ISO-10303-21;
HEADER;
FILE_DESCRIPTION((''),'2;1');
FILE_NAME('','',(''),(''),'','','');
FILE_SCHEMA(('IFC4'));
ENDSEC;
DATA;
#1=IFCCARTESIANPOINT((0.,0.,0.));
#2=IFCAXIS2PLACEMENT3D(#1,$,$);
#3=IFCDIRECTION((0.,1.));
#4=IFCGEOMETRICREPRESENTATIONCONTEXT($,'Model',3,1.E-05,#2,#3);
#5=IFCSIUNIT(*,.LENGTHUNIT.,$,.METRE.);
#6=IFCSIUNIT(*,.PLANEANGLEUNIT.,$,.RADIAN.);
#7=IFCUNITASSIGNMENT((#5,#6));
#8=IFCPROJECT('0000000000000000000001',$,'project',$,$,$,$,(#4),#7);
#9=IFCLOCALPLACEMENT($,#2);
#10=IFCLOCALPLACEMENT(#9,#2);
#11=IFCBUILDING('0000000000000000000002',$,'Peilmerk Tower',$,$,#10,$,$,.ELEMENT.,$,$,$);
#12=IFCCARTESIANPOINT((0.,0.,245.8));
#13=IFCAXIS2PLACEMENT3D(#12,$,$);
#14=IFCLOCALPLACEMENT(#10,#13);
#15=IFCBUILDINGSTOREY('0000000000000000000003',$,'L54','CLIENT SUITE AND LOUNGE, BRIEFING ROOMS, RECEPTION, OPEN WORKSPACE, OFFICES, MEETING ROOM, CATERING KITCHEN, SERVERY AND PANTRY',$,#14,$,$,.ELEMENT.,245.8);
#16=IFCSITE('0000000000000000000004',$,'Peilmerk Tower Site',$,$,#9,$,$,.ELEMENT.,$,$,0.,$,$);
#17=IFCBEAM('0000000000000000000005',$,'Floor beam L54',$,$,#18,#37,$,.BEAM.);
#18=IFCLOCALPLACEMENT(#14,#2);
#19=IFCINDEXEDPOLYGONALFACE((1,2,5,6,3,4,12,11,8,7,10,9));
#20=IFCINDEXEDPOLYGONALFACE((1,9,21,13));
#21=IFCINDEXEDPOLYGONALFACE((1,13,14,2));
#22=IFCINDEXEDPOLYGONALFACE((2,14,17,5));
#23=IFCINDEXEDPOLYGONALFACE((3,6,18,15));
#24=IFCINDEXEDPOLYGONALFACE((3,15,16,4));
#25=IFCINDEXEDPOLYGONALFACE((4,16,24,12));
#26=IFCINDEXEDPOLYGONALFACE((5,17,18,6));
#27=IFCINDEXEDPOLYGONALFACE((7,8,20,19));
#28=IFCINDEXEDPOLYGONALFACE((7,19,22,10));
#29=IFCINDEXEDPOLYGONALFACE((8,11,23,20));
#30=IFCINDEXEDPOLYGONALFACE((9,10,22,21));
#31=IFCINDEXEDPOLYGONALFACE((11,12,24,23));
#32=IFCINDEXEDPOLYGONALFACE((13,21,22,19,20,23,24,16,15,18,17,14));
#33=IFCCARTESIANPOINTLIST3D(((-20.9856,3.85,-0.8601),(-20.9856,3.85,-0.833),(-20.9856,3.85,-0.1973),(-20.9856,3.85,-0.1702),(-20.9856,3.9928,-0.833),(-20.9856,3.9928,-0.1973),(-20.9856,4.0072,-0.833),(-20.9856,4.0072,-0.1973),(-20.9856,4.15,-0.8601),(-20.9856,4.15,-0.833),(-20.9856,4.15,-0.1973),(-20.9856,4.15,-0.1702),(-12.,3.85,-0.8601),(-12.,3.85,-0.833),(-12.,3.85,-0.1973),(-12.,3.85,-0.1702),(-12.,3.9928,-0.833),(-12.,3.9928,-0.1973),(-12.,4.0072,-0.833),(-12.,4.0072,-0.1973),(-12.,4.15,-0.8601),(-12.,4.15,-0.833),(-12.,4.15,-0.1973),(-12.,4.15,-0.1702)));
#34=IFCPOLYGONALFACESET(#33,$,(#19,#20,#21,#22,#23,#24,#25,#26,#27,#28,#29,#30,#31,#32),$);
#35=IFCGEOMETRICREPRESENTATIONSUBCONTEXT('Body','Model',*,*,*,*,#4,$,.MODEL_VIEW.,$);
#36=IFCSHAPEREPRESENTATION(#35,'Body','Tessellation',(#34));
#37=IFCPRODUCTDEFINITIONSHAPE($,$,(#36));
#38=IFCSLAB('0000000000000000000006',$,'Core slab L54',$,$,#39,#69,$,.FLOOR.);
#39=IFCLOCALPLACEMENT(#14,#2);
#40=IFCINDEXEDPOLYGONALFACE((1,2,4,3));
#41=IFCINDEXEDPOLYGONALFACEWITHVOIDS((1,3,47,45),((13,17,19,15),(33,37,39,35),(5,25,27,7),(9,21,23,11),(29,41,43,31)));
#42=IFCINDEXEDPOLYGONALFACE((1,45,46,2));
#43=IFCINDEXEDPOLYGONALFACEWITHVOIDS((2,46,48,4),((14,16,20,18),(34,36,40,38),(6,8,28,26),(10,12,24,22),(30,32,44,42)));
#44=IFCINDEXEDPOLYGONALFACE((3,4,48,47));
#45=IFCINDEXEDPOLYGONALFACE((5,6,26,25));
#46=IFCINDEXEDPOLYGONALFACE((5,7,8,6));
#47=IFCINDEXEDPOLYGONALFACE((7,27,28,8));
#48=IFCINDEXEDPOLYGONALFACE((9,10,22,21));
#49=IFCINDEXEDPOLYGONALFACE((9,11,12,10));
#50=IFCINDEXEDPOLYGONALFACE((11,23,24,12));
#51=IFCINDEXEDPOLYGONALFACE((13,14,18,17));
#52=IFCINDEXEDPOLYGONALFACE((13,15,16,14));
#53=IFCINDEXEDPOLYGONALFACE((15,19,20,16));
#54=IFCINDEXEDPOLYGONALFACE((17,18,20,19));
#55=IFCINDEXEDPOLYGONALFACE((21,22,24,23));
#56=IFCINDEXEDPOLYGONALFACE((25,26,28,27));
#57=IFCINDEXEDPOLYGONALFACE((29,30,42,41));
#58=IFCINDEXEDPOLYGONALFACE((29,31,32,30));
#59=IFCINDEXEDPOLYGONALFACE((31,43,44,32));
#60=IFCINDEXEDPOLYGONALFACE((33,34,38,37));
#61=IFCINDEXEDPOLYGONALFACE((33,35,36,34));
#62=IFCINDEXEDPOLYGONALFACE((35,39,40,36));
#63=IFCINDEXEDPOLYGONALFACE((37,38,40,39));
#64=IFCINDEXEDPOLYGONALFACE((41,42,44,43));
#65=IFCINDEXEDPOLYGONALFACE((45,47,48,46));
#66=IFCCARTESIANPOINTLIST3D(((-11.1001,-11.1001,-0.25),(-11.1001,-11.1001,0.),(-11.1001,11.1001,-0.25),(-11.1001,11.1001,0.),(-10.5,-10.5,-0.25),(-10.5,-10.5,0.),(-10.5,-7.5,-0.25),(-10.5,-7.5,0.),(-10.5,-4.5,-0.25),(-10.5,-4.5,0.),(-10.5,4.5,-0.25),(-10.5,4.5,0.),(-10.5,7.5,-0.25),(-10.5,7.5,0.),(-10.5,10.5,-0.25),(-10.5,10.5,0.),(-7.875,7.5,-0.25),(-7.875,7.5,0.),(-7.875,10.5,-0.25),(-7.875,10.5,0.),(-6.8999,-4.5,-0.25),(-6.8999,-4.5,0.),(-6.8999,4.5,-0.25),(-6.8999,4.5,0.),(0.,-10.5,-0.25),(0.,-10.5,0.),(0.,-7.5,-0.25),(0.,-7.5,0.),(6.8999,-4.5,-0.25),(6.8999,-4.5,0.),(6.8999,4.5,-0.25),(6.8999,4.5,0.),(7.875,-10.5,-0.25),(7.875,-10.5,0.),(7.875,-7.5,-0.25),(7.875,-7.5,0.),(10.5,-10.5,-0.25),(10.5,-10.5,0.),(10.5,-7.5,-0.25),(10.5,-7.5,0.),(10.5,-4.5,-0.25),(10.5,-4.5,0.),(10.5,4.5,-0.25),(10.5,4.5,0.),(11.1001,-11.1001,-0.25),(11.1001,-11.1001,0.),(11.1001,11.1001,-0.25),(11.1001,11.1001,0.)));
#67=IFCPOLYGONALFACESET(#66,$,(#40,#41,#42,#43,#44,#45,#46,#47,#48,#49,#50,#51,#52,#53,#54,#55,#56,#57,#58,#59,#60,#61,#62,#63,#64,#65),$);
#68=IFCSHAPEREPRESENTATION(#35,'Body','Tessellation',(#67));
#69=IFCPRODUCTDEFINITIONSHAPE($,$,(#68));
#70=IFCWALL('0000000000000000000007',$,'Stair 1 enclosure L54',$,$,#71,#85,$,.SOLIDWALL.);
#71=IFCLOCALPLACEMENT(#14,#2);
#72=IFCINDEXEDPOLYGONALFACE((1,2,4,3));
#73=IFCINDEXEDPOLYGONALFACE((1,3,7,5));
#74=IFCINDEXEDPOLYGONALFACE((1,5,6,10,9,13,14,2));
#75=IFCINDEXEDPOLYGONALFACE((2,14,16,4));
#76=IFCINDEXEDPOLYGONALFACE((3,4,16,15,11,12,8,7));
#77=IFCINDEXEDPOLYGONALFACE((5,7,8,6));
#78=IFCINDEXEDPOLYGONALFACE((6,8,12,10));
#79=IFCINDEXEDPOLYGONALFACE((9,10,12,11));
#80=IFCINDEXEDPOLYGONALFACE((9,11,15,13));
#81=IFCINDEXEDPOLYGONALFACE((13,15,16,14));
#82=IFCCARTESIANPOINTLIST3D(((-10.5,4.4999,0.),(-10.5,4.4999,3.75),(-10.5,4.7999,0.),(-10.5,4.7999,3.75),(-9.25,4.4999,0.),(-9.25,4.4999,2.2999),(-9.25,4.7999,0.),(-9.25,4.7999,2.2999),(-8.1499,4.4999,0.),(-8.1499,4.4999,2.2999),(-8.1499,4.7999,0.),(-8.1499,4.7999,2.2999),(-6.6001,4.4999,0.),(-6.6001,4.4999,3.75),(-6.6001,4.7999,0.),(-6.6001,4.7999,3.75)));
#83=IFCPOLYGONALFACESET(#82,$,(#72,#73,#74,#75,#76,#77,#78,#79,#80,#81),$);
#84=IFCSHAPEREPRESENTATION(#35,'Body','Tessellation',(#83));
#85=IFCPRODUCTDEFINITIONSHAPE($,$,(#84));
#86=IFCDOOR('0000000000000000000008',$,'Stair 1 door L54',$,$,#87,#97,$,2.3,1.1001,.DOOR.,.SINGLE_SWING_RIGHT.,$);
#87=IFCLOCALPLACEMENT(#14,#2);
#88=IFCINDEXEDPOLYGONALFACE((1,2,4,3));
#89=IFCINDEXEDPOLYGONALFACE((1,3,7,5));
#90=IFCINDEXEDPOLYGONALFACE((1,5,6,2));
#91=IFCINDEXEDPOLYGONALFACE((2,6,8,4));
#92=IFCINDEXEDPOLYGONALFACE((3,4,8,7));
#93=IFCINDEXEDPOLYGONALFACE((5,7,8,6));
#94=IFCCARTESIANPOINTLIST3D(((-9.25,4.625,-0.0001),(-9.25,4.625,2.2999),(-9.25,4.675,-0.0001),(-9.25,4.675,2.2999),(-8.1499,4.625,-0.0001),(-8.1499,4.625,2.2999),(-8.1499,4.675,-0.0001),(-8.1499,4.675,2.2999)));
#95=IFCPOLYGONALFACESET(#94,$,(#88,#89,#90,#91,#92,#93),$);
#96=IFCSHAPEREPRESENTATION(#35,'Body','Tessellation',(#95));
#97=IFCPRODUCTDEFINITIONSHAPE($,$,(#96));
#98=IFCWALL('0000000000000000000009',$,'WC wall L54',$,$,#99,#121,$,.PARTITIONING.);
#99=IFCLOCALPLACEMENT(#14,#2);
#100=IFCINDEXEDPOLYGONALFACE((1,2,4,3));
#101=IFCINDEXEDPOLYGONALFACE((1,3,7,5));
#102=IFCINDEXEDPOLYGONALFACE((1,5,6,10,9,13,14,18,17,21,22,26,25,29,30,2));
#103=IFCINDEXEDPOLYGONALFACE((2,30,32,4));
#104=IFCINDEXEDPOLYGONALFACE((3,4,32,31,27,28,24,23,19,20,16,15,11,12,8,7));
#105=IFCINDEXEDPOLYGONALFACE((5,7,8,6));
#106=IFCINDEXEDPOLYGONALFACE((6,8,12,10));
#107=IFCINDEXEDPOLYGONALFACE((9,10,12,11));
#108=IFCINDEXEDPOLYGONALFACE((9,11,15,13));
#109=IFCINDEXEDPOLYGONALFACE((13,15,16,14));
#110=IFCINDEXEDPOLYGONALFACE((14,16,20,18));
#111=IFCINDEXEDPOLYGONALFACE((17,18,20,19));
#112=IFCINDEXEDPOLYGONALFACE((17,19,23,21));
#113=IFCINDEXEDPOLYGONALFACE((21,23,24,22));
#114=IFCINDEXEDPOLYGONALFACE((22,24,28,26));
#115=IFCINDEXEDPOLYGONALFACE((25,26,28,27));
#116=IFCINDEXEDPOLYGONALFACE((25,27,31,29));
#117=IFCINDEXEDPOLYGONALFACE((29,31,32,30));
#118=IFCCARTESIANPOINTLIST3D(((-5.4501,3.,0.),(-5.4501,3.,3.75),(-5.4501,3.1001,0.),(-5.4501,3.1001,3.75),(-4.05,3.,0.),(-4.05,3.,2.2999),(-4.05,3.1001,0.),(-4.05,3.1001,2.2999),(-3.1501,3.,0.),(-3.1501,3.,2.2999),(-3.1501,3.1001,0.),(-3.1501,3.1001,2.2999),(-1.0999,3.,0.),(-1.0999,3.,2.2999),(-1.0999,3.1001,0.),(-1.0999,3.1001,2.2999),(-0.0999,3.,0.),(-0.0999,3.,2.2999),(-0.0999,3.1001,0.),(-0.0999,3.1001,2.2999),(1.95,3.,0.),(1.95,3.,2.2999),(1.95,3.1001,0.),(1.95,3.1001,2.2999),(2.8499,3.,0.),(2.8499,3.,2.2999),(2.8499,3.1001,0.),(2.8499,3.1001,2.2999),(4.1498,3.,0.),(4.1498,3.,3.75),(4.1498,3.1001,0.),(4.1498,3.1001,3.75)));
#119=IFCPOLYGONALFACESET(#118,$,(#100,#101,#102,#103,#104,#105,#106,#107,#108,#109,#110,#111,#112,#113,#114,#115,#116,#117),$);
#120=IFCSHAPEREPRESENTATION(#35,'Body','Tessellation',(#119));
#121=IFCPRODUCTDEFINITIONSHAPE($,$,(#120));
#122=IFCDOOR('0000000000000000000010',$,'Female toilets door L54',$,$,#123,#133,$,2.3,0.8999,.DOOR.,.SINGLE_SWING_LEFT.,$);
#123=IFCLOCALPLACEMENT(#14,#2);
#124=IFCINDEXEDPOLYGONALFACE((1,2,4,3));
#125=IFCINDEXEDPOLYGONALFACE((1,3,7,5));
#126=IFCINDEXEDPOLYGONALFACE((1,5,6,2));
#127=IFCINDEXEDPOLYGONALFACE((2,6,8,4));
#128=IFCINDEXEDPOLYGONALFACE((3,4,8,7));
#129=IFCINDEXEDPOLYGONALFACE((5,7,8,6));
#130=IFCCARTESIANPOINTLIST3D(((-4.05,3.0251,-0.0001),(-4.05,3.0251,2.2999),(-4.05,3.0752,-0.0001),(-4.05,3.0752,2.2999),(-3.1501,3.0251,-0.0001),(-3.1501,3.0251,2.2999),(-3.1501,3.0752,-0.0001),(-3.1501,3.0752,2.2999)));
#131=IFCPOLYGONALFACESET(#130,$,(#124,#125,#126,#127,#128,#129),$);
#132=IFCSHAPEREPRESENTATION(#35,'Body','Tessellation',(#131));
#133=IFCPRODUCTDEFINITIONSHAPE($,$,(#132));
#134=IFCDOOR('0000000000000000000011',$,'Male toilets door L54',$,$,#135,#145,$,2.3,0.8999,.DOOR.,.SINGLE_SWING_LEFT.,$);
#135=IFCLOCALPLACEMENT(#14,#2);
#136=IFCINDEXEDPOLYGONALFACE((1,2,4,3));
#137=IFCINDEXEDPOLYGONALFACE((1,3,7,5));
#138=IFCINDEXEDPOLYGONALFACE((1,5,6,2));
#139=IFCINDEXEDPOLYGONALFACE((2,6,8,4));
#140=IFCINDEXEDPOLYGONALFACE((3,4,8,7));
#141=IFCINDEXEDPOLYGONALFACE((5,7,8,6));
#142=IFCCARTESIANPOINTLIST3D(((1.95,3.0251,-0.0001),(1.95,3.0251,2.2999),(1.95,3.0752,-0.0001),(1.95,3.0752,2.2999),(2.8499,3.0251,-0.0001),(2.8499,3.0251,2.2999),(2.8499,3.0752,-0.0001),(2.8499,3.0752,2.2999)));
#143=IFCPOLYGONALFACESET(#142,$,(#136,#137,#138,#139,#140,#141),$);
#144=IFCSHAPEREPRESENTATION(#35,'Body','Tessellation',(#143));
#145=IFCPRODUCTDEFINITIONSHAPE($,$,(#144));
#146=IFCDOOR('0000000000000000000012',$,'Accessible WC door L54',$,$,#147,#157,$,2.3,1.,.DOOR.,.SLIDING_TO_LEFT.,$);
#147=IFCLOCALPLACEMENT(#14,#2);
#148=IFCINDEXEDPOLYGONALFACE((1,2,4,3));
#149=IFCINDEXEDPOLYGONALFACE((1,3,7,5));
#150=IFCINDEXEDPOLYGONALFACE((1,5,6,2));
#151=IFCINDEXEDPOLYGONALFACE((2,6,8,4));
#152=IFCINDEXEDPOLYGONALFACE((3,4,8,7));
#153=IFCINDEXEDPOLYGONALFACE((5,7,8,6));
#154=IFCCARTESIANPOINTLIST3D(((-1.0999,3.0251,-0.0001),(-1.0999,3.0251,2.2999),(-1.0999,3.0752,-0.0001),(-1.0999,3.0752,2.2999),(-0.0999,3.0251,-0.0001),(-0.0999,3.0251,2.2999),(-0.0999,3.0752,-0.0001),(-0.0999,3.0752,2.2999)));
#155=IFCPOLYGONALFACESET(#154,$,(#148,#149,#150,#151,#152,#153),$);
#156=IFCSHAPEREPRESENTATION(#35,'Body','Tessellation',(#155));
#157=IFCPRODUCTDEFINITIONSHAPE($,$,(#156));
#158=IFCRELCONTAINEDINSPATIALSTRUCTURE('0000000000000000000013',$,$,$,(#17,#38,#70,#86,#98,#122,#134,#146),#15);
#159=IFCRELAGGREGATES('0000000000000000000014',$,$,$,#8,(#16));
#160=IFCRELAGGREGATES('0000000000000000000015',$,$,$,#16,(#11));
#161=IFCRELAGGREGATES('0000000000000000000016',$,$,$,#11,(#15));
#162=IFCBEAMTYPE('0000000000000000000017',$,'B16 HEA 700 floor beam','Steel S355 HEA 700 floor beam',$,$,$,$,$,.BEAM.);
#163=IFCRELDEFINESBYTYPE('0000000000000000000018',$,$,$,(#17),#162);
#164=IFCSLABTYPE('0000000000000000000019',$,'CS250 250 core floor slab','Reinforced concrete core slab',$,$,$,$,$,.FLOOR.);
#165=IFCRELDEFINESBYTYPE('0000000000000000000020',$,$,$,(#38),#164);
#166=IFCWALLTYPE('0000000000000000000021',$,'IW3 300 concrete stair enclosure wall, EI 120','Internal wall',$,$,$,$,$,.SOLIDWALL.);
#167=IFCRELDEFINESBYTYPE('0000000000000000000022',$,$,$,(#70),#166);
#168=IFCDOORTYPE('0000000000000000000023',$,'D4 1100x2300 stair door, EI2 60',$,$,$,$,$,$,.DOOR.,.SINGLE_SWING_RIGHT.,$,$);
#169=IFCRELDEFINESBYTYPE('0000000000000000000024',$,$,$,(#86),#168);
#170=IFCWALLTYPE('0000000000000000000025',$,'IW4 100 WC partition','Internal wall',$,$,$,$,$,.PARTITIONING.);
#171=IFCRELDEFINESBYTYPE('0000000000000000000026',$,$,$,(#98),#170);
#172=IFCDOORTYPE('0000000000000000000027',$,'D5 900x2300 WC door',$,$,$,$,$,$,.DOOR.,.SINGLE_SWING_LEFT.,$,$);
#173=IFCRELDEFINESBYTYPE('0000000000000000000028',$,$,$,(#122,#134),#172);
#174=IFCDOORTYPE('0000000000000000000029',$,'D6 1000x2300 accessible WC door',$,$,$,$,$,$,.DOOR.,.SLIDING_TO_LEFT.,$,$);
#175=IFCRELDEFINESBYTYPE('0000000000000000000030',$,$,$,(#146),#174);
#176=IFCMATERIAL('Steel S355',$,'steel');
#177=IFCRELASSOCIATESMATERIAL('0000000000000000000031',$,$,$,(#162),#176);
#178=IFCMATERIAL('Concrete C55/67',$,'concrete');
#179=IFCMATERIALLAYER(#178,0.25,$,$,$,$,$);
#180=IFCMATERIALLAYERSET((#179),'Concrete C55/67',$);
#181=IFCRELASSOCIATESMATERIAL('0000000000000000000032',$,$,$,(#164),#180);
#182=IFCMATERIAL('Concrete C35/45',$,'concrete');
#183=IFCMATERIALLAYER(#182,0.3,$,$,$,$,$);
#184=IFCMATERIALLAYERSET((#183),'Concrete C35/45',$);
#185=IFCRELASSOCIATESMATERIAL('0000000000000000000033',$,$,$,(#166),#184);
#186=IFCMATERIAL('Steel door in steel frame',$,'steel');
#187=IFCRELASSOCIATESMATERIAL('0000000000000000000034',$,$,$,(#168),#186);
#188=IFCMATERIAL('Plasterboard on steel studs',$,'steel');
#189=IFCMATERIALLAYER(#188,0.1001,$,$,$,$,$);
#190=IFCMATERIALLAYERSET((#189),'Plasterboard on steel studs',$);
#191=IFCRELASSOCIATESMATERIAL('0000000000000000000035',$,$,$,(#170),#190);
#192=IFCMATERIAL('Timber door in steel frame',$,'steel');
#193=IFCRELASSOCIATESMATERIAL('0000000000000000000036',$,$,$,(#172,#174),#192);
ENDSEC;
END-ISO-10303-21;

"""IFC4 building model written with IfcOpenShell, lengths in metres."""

from ifc_helpers import new_model, si_unit, direction, frame, frame_2d, origin, origin_2d, place, context, subcontext, project, spatial, polyline, rectangle, i_section, outline, extrude, material, layer, layer_set, material_profile, profile_set, type_object, element, fill, save


model = new_model("IFC4")

# Units and contexts
model_context = context("Model", 3, precision=1e-05, world=origin(), true_north=direction((0.0, 1.0)))
body_context = subcontext(model_context, "Body", "Model", "MODEL_VIEW")
ifc_project = project(units=[si_unit("LENGTHUNIT", "METRE"), si_unit("PLANEANGLEUNIT", "RADIAN")], contexts=[model_context])

# Site, building, storey
site_placement = place(None, origin())
site = spatial("IfcSite", under=ifc_project, at=site_placement, Name="Peilmerk Tower Site", CompositionType="ELEMENT", RefElevation=0.0)
building_placement = place(site_placement, origin())
building = spatial("IfcBuilding", under=site, at=building_placement, Name="Peilmerk Tower", CompositionType="ELEMENT")
storey_placement = place(building_placement, frame((0.0, 0.0, 245.8)))
storey = spatial("IfcBuildingStorey", under=building, at=storey_placement, Name="L54", Description="CLIENT SUITE AND LOUNGE, BRIEFING ROOMS, RECEPTION, OPEN WORKSPACE, OFFICES, MEETING ROOM, CATERING KITCHEN, SERVERY AND PANTRY", CompositionType="ELEMENT", Elevation=245.8)

# Beam
ifc_material_1 = material(Name="Steel S355", Category="steel")
ifc_material_profile = material_profile(ifc_material_1, i_section(OverallWidth=0.3, OverallDepth=0.6899, WebThickness=0.0144, FlangeThickness=0.0271, at=origin_2d()), Name="HEA 700")
ifc_profile_set = profile_set([ifc_material_profile], Name="Steel S355")
beam_type = type_object("IfcBeamType", Name="B16 HEA 700 floor beam", Description="Steel S355 HEA 700 floor beam", PredefinedType="BEAM", material=ifc_profile_set)
beam_placement = place(storey_placement, frame((-12.0, 4.0, -0.5151), z_axis=(-1.0, 0.0, 0.0), x_axis=(0.0, -1.0, 0.0)))
element("IfcBeam", 1, at=beam_placement, inside=storey, type_object=beam_type, Name="Floor beam L54", PredefinedType="BEAM", context=body_context, shape_type="SweptSolid", body=[
    extrude(i_section(OverallWidth=0.3, OverallDepth=0.6899, WebThickness=0.0144, FlangeThickness=0.0271, at=origin_2d()), origin(), (0.0, 0.0, 1.0), 8.9856),
])

# Slab
ifc_material_2 = material(Name="Concrete C55/67", Category="concrete")
ifc_layer_1 = layer(ifc_material_2, 0.25)
ifc_layer_set_1 = layer_set([ifc_layer_1], Name="Concrete C55/67")
slab_type = type_object("IfcSlabType", Name="CS250 250 core floor slab", Description="Reinforced concrete core slab", PredefinedType="FLOOR", material=ifc_layer_set_1)
slab_placement = place(storey_placement, frame((0.0, 0.0, -0.25)))
element("IfcSlab", 2, at=slab_placement, inside=storey, type_object=slab_type, Name="Core slab L54", PredefinedType="FLOOR", context=body_context, shape_type="SweptSolid", body=[
    extrude(outline(polyline([(11.1001, -11.1001), (11.1001, 11.1001), (-11.1001, 11.1001), (-11.1001, -11.1001), (11.1001, -11.1001)]), holes=[polyline([(-7.875, 7.5), (-10.5, 7.5), (-10.5, 10.5), (-7.875, 10.5), (-7.875, 7.5)]), polyline([(0.0, -10.5), (-10.5, -10.5), (-10.5, -7.5), (0.0, -7.5), (0.0, -10.5)]), polyline([(7.875, -10.5), (7.875, -7.5), (10.5, -7.5), (10.5, -10.5), (7.875, -10.5)]), polyline([(-10.5, 4.5), (-6.8999, 4.5), (-6.8999, -4.5), (-10.5, -4.5), (-10.5, 4.5)]), polyline([(10.5, 4.5), (10.5, -4.5), (6.8999, -4.5), (6.8999, 4.5), (10.5, 4.5)])]), origin(), (0.0, 0.0, 1.0), 0.25),
])

# Wall, opening, door
ifc_material_3 = material(Name="Concrete C35/45", Category="concrete")
ifc_layer_2 = layer(ifc_material_3, 0.3)
ifc_layer_set_2 = layer_set([ifc_layer_2], Name="Concrete C35/45")
wall_type_1 = type_object("IfcWallType", Name="IW3 300 concrete stair enclosure wall, EI 120", Description="Internal wall", PredefinedType="SOLIDWALL", material=ifc_layer_set_2)
wall_1_placement = place(storey_placement, frame((-10.5, 4.6499, 0.0), z_axis=(0.0, 0.0, 1.0), x_axis=(1.0, 0.0, 0.0)))
wall_1 = element("IfcWall", 3, at=wall_1_placement, inside=storey, type_object=wall_type_1, Name="Stair 1 enclosure L54", PredefinedType="SOLIDWALL", context=body_context, shape_type="SweptSolid", body=[
    extrude(rectangle(XDim=3.8999, YDim=0.3, at=frame_2d((1.95, 0.0))), origin(), (0.0, 0.0, 1.0), 3.75),
])
opening_1_placement = place(wall_1_placement, frame((1.25, 0.0, 0.0)))
opening_1 = element("IfcOpeningElement", 4, at=opening_1_placement, cuts=wall_1, PredefinedType="OPENING", context=body_context, shape_type="SweptSolid", body=[
    extrude(rectangle(XDim=1.1001, YDim=2.3, at=frame_2d((0.55, 1.1499))), frame((0.0, 0.1599, 0.0), z_axis=(0.0, -1.0, 0.0), x_axis=(1.0, 0.0, 0.0)), (0.0, 0.0, 1.0), 0.3201),
])
ifc_material_4 = material(Name="Steel door in steel frame", Category="steel")
door_type_1 = type_object("IfcDoorType", Name="D4 1100x2300 stair door, EI2 60", OperationType="SINGLE_SWING_RIGHT", PredefinedType="DOOR", material=ifc_material_4)
door_1_placement = place(opening_1_placement, frame((1.1001, 0.0, 0.0), z_axis=(0.0, 0.0, 1.0), x_axis=(-1.0, 0.0, 0.0)))
door_1 = element("IfcDoor", 5, at=door_1_placement, inside=storey, type_object=door_type_1, Name="Stair 1 door L54", OperationType="SINGLE_SWING_RIGHT", OverallHeight=2.3, OverallWidth=1.1001, PredefinedType="DOOR", context=body_context, shape_type="SweptSolid", body=[
    extrude(rectangle(XDim=1.1001, YDim=2.3, at=frame_2d((0.55, 1.1499))), frame((0.0, 0.0249, 0.0), z_axis=(0.0, -1.0, 0.0), x_axis=(1.0, 0.0, 0.0)), (0.0, 0.0, 1.0), 0.05),
])
fill(opening_1, door_1)

# Wall, openings, doors
ifc_material_5 = material(Name="Plasterboard on steel studs", Category="steel")
ifc_layer_3 = layer(ifc_material_5, 0.1001)
ifc_layer_set_3 = layer_set([ifc_layer_3], Name="Plasterboard on steel studs")
wall_type_2 = type_object("IfcWallType", Name="IW4 100 WC partition", Description="Internal wall", PredefinedType="PARTITIONING", material=ifc_layer_set_3)
wall_2_placement = place(storey_placement, frame((-5.45, 3.05, 0.0), z_axis=(0.0, 0.0, 1.0), x_axis=(1.0, 0.0, 0.0)))
wall_2 = element("IfcWall", 6, at=wall_2_placement, inside=storey, type_object=wall_type_2, Name="WC wall L54", PredefinedType="PARTITIONING", context=body_context, shape_type="SweptSolid", body=[
    extrude(rectangle(XDim=9.5999, YDim=0.1001, at=frame_2d((4.7998, 0.0))), origin(), (0.0, 0.0, 1.0), 3.75),
])
opening_2_placement = place(wall_2_placement, frame((1.3999, 0.0, 0.0)))
opening_2 = element("IfcOpeningElement", 7, at=opening_2_placement, cuts=wall_2, PredefinedType="OPENING", context=body_context, shape_type="SweptSolid", body=[
    extrude(rectangle(XDim=0.8999, YDim=2.3, at=frame_2d((0.45, 1.1499))), frame((0.0, 0.0601, 0.0), z_axis=(0.0, -1.0, 0.0), x_axis=(1.0, 0.0, 0.0)), (0.0, 0.0, 1.0), 0.1201),
])
opening_3_placement = place(wall_2_placement, frame((4.3501, 0.0, 0.0)))
opening_3 = element("IfcOpeningElement", 8, at=opening_3_placement, cuts=wall_2, PredefinedType="OPENING", context=body_context, shape_type="SweptSolid", body=[
    extrude(rectangle(XDim=1.0, YDim=2.3, at=frame_2d((0.5, 1.1499))), frame((0.0, 0.0601, 0.0), z_axis=(0.0, -1.0, 0.0), x_axis=(1.0, 0.0, 0.0)), (0.0, 0.0, 1.0), 0.1201),
])
opening_4_placement = place(wall_2_placement, frame((7.3999, 0.0, 0.0)))
opening_4 = element("IfcOpeningElement", 9, at=opening_4_placement, cuts=wall_2, PredefinedType="OPENING", context=body_context, shape_type="SweptSolid", body=[
    extrude(rectangle(XDim=0.8999, YDim=2.3, at=frame_2d((0.45, 1.1499))), frame((0.0, 0.0601, 0.0), z_axis=(0.0, -1.0, 0.0), x_axis=(1.0, 0.0, 0.0)), (0.0, 0.0, 1.0), 0.1201),
])
ifc_material_6 = material(Name="Timber door in steel frame", Category="steel")
door_type_2 = type_object("IfcDoorType", Name="D5 900x2300 WC door", OperationType="SINGLE_SWING_LEFT", PredefinedType="DOOR", material=ifc_material_6)
door_2_placement = place(opening_2_placement, frame((0.8999, 0.0, 0.0), z_axis=(0.0, 0.0, 1.0), x_axis=(-1.0, 0.0, 0.0)))
door_2 = element("IfcDoor", 10, at=door_2_placement, inside=storey, type_object=door_type_2, Name="Female toilets door L54", OperationType="SINGLE_SWING_LEFT", OverallHeight=2.3, OverallWidth=0.8999, PredefinedType="DOOR", context=body_context, shape_type="SweptSolid", body=[
    extrude(rectangle(XDim=0.8999, YDim=2.3, at=frame_2d((0.45, 1.1499))), frame((0.0, 0.0249, 0.0), z_axis=(0.0, -1.0, 0.0), x_axis=(1.0, 0.0, 0.0)), (0.0, 0.0, 1.0), 0.05),
])
fill(opening_2, door_2)
door_3_placement = place(opening_4_placement, frame((0.8999, 0.0, 0.0), z_axis=(0.0, 0.0, 1.0), x_axis=(-1.0, 0.0, 0.0)))
door_3 = element("IfcDoor", 11, at=door_3_placement, inside=storey, type_object=door_type_2, Name="Male toilets door L54", OperationType="SINGLE_SWING_LEFT", OverallHeight=2.3, OverallWidth=0.8999, PredefinedType="DOOR", context=body_context, shape_type="SweptSolid", body=[
    extrude(rectangle(XDim=0.8999, YDim=2.3, at=frame_2d((0.45, 1.1499))), frame((0.0, 0.0249, 0.0), z_axis=(0.0, -1.0, 0.0), x_axis=(1.0, 0.0, 0.0)), (0.0, 0.0, 1.0), 0.05),
])
fill(opening_4, door_3)
door_type_3 = type_object("IfcDoorType", Name="D6 1000x2300 accessible WC door", OperationType="SLIDING_TO_LEFT", PredefinedType="DOOR", material=ifc_material_6)
door_4_placement = place(opening_3_placement, frame((1.0, 0.0, 0.0), z_axis=(0.0, 0.0, 1.0), x_axis=(-1.0, 0.0, 0.0)))
door_4 = element("IfcDoor", 12, at=door_4_placement, inside=storey, type_object=door_type_3, Name="Accessible WC door L54", OperationType="SLIDING_TO_LEFT", OverallHeight=2.3, OverallWidth=1.0, PredefinedType="DOOR", context=body_context, shape_type="SweptSolid", body=[
    extrude(rectangle(XDim=1.0, YDim=2.3, at=frame_2d((0.5, 1.1499))), frame((0.0, 0.0249, 0.0), z_axis=(0.0, -1.0, 0.0), x_axis=(1.0, 0.0, 0.0)), (0.0, 0.0, 1.0), 0.05),
])
fill(opening_3, door_4)

save(model, "model.ifc")
